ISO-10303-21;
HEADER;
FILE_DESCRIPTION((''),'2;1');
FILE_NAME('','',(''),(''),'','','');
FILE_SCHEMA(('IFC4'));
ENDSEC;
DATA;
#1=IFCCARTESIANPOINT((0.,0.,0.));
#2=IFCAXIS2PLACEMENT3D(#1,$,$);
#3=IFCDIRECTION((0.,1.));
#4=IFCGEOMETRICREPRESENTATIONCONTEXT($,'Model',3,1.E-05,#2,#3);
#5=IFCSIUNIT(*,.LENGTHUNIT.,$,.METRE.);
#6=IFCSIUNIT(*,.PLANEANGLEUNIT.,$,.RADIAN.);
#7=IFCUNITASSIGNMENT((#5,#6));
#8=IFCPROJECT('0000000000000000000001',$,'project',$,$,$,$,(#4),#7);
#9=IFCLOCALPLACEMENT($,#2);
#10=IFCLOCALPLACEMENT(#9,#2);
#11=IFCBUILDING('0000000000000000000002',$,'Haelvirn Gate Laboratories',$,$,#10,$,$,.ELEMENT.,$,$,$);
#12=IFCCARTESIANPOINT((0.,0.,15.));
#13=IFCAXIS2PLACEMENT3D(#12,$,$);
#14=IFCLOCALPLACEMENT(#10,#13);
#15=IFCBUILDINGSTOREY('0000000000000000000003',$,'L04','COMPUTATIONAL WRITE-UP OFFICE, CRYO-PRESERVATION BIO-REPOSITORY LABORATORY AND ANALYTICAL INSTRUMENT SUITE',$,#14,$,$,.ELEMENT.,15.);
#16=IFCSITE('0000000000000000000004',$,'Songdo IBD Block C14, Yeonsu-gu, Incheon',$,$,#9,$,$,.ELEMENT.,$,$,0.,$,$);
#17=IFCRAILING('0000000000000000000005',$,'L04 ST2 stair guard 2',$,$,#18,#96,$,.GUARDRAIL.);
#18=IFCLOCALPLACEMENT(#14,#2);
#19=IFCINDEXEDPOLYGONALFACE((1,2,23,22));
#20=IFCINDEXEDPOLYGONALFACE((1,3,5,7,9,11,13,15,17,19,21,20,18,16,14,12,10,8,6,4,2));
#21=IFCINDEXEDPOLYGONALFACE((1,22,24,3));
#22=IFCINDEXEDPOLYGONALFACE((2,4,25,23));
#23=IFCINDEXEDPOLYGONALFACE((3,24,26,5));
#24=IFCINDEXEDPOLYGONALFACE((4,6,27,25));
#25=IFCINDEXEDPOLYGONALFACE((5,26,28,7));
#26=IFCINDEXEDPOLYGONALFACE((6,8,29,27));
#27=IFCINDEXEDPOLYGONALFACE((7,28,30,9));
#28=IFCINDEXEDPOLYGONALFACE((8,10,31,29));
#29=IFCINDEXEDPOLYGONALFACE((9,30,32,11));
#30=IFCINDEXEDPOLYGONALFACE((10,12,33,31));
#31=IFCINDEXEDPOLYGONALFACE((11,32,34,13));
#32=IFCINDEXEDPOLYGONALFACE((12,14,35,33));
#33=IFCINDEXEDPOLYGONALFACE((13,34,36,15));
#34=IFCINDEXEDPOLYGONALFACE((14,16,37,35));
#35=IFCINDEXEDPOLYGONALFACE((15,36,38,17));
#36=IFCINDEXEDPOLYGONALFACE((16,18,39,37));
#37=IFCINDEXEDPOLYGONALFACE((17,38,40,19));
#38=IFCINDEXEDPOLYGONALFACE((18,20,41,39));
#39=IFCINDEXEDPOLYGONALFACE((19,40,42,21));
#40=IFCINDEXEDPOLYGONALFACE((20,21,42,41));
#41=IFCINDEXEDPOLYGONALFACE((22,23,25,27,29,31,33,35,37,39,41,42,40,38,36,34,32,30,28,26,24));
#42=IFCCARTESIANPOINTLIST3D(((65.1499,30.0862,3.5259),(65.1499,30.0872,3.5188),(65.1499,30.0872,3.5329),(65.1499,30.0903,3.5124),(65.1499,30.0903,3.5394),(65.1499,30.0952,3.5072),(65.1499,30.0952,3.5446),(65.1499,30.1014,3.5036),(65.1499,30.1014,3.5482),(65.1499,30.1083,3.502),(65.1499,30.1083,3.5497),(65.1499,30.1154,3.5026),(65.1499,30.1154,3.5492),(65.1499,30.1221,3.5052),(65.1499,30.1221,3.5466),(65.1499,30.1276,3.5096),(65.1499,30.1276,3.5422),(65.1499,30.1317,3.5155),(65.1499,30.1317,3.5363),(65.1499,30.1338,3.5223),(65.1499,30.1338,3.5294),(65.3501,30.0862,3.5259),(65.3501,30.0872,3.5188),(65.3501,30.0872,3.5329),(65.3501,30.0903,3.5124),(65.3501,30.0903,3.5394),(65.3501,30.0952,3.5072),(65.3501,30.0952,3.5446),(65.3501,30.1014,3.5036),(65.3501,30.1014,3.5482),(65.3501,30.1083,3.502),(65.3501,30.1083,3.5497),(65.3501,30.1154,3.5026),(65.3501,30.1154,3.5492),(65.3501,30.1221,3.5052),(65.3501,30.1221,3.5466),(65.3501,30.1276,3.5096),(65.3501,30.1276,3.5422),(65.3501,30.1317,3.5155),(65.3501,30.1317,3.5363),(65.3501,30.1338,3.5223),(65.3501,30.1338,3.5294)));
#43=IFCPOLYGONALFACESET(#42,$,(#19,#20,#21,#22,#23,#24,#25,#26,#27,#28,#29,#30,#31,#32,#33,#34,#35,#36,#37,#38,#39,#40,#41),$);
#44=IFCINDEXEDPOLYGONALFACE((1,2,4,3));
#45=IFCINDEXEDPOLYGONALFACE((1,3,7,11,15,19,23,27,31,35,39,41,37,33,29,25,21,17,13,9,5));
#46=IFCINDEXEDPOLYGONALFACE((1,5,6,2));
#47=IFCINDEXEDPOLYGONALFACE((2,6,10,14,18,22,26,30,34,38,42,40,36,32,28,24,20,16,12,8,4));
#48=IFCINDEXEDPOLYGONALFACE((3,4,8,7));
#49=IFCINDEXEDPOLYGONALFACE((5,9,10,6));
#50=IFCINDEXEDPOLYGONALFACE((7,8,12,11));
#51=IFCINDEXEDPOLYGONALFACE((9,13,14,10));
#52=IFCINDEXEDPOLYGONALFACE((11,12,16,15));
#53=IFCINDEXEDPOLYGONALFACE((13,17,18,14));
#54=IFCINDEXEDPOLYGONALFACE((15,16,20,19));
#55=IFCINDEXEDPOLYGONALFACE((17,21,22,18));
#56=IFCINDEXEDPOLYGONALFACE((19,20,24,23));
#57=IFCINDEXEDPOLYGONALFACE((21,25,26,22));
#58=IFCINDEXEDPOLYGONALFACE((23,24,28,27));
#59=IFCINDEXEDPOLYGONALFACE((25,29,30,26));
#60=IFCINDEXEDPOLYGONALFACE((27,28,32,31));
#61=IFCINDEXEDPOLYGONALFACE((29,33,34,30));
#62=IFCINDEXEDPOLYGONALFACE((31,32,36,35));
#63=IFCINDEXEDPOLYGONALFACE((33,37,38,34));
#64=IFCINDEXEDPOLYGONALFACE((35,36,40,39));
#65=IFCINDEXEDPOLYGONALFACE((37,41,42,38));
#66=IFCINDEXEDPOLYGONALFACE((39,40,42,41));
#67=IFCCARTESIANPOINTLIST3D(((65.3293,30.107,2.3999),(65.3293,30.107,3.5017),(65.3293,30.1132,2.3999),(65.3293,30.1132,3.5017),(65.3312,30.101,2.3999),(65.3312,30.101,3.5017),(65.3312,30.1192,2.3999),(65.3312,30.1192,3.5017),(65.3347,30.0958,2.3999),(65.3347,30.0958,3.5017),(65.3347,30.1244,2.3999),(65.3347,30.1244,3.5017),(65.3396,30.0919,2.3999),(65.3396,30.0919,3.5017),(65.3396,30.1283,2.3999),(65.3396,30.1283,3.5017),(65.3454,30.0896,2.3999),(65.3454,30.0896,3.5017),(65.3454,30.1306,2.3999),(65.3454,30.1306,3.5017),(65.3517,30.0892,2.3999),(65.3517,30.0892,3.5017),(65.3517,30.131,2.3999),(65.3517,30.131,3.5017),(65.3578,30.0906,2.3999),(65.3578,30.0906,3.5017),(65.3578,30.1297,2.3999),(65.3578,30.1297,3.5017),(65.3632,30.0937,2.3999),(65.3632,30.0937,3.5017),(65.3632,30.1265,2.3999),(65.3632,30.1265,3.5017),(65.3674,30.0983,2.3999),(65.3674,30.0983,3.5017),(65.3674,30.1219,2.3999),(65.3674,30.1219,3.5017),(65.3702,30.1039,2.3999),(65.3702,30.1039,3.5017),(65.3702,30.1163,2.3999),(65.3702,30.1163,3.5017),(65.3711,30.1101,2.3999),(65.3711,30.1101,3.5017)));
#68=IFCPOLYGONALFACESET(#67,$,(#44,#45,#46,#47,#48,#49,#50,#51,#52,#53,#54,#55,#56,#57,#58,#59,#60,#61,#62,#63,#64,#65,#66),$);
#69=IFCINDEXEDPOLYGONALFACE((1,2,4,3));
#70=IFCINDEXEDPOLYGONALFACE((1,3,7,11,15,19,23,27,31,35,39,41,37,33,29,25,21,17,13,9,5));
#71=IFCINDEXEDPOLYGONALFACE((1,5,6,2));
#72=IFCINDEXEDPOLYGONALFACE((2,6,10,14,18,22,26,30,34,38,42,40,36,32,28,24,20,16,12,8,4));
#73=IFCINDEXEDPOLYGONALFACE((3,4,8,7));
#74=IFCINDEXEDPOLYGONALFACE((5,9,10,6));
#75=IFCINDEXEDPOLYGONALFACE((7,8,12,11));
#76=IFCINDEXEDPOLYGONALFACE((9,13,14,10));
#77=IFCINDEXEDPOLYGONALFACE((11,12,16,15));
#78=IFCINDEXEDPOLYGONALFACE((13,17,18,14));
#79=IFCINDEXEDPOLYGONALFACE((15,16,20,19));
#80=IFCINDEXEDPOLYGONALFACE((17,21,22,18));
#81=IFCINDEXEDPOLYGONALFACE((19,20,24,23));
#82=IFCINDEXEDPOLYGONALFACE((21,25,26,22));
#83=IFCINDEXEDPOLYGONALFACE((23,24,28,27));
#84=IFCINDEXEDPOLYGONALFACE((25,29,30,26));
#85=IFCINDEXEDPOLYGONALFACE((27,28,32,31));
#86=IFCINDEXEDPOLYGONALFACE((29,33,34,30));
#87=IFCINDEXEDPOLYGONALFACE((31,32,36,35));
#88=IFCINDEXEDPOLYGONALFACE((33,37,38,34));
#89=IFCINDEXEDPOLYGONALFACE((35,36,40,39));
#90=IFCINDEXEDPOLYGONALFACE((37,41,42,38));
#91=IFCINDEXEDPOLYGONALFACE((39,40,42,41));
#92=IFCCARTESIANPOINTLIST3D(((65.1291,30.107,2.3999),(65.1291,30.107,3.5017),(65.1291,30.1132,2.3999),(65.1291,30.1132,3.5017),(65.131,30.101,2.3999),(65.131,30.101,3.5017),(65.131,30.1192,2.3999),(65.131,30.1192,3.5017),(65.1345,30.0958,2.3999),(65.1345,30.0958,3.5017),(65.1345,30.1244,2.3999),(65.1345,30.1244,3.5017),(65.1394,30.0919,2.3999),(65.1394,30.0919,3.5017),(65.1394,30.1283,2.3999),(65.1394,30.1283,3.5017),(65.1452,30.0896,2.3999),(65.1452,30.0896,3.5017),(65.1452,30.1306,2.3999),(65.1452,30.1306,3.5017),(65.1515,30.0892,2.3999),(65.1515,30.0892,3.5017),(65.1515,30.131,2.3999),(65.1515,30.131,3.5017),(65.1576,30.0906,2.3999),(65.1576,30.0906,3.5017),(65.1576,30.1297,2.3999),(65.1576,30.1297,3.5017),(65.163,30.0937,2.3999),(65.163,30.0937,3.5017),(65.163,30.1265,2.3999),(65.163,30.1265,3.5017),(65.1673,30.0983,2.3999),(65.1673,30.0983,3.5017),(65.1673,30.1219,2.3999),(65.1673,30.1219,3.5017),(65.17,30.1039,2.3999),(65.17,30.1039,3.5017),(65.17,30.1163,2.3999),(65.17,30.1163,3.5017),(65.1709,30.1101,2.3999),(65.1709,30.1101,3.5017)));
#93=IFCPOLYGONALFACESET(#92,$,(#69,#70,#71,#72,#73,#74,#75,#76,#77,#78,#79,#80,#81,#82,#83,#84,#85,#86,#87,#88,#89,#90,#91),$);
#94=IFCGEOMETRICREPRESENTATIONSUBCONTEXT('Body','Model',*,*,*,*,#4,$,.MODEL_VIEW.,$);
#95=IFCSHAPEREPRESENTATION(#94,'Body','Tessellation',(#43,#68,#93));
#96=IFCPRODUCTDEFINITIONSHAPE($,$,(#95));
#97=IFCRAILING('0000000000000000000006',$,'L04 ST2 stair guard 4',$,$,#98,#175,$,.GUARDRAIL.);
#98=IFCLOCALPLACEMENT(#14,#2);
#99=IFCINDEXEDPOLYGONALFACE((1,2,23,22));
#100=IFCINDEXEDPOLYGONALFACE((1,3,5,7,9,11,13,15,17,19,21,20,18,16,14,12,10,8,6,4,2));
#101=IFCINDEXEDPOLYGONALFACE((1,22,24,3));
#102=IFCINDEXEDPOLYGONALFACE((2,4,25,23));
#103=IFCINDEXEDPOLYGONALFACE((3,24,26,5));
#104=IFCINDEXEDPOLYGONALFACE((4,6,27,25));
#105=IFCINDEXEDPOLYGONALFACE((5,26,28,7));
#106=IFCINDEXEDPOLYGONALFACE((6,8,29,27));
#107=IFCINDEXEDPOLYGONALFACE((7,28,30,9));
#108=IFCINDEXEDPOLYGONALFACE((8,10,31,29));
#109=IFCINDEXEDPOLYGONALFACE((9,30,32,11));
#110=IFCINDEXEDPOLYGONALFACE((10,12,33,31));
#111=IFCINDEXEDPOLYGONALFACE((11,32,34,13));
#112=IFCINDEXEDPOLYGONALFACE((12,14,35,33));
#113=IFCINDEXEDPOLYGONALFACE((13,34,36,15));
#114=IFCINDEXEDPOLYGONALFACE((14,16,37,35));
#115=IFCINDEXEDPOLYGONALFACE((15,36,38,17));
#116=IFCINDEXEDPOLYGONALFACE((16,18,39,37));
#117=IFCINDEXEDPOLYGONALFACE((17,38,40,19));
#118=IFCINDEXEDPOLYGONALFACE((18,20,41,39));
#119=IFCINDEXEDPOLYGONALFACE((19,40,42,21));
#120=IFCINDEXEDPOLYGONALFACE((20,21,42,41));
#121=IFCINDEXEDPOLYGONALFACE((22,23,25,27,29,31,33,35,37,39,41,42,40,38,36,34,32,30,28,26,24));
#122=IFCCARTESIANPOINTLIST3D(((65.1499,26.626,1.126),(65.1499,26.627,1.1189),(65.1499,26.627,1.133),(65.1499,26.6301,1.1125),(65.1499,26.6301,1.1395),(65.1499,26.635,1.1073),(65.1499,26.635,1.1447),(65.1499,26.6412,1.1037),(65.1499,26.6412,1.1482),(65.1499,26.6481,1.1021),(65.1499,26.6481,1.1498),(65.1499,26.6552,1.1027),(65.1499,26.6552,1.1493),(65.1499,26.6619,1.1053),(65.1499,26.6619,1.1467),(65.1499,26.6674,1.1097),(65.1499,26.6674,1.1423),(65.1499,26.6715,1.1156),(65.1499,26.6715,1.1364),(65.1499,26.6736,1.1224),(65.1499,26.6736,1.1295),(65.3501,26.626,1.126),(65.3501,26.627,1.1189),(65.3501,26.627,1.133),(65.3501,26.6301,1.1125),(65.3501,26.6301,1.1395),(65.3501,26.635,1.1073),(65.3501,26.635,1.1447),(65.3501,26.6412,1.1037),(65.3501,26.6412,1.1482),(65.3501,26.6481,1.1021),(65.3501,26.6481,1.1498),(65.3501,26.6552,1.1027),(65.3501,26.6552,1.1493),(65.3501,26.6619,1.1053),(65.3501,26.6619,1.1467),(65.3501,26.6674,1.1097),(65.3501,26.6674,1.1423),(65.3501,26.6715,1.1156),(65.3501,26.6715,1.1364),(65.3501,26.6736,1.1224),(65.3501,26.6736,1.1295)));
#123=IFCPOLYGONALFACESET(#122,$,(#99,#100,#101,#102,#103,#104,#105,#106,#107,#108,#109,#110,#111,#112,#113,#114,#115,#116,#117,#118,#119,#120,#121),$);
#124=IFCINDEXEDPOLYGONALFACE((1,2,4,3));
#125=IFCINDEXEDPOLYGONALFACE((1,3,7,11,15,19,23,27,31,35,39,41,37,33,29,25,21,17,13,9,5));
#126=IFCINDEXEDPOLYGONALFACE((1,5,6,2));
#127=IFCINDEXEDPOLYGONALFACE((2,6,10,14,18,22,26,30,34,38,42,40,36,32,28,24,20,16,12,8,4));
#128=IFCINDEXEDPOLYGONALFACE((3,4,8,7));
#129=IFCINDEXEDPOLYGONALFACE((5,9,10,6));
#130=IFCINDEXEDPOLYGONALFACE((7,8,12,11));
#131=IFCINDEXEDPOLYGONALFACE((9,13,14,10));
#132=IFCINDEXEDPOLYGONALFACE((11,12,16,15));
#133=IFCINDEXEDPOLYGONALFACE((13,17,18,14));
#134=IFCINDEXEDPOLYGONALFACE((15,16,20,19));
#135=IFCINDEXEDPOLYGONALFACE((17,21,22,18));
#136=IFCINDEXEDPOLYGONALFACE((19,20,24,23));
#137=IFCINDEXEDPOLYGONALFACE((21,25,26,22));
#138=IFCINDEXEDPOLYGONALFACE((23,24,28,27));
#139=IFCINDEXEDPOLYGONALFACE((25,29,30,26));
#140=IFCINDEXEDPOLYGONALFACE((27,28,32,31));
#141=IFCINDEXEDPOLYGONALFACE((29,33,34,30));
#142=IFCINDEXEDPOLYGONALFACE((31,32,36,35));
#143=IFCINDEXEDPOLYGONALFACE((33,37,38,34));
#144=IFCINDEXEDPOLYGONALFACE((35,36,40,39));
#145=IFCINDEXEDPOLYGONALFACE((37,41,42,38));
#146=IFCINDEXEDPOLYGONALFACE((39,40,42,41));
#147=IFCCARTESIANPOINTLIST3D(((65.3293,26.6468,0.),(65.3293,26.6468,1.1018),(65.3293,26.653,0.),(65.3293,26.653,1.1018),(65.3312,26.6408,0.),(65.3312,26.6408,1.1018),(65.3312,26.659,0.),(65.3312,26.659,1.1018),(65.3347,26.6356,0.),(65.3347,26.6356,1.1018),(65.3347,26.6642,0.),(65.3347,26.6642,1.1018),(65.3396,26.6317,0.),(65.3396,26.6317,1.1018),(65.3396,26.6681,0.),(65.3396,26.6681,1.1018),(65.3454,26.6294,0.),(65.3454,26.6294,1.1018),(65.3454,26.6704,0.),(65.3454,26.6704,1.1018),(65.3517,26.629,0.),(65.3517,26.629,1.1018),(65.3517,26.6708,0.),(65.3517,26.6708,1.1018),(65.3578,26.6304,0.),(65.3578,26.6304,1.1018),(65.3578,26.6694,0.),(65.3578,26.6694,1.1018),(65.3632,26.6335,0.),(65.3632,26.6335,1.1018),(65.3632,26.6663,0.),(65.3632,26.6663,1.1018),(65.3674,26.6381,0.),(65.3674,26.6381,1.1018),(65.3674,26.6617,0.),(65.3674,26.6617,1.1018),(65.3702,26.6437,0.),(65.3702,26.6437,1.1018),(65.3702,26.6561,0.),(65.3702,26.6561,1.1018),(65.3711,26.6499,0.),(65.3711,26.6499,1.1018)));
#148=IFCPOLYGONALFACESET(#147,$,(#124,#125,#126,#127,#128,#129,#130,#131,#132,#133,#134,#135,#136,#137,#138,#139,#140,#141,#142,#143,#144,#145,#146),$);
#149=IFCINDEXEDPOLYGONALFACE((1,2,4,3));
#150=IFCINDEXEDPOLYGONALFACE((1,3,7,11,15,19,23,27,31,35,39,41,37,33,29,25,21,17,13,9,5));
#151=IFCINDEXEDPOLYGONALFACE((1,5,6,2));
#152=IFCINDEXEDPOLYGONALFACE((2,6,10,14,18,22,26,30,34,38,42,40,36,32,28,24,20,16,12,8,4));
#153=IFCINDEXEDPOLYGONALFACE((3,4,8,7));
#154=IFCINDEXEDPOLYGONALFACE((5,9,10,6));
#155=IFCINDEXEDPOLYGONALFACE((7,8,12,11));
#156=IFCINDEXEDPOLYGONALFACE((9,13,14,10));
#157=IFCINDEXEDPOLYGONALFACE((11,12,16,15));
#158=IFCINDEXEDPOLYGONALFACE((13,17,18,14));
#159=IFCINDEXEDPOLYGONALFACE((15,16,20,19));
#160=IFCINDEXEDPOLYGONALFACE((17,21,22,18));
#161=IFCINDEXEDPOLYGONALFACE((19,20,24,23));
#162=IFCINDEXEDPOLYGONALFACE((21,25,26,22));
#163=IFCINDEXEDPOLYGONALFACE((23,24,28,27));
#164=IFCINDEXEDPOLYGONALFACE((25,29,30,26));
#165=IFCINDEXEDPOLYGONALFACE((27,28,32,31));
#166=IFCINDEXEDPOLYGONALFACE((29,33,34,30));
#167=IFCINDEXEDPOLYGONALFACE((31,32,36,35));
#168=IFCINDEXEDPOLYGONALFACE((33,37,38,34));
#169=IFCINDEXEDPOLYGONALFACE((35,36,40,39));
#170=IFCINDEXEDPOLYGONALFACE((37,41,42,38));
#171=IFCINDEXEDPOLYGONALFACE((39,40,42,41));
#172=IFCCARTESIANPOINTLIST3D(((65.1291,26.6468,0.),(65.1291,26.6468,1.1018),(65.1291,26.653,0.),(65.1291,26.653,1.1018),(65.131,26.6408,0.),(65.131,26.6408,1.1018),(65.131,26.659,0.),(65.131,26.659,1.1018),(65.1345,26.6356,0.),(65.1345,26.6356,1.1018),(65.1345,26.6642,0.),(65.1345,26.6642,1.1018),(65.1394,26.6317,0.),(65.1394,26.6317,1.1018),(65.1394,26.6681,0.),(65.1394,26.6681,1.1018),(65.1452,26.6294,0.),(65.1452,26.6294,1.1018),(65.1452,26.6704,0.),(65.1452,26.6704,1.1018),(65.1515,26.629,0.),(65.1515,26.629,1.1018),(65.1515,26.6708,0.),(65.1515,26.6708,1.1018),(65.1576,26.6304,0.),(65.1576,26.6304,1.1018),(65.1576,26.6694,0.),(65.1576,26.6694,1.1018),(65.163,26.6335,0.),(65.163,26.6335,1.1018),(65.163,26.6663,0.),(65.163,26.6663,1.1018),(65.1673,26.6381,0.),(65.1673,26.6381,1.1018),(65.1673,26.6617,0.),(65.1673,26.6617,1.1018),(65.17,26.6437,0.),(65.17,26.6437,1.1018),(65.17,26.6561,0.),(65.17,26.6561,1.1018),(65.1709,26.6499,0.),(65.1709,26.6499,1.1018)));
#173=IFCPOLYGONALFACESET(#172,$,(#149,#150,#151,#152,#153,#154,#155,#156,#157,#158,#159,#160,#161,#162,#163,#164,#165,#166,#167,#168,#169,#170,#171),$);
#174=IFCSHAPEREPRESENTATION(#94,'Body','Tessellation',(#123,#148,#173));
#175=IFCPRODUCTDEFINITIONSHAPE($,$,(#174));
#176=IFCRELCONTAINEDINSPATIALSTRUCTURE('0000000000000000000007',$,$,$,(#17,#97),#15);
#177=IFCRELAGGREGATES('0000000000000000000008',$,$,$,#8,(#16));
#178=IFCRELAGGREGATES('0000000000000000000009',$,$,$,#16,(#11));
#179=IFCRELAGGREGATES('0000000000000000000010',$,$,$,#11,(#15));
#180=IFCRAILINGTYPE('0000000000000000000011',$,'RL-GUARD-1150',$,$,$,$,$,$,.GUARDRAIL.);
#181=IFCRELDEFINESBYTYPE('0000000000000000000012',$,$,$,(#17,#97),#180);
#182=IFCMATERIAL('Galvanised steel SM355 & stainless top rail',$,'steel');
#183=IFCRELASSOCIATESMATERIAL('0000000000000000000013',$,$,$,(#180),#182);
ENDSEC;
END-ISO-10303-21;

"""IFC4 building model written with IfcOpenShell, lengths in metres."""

from ifc_helpers import new_model, si_unit, direction, frame, origin, origin_2d, place, context, subcontext, project, spatial, circle, extrude, source, transform, mapped, material, type_object, element, save


model = new_model("IFC4")

# Units and contexts
model_context = context("Model", 3, precision=1e-05, world=origin(), true_north=direction((0.0, 1.0)))
body_context = subcontext(model_context, "Body", "Model", "MODEL_VIEW")
ifc_project = project(units=[si_unit("LENGTHUNIT", "METRE"), si_unit("PLANEANGLEUNIT", "RADIAN")], contexts=[model_context])

# Site, building, storey
site_placement = place(None, origin())
site = spatial("IfcSite", under=ifc_project, at=site_placement, Name="Songdo IBD Block C14, Yeonsu-gu, Incheon", CompositionType="ELEMENT", RefElevation=0.0)
building_placement = place(site_placement, origin())
building = spatial("IfcBuilding", under=site, at=building_placement, Name="Haelvirn Gate Laboratories", CompositionType="ELEMENT")
storey_placement = place(building_placement, frame((0.0, 0.0, 15.0)))
storey = spatial("IfcBuildingStorey", under=building, at=storey_placement, Name="L04", Description="COMPUTATIONAL WRITE-UP OFFICE, CRYO-PRESERVATION BIO-REPOSITORY LABORATORY AND ANALYTICAL INSTRUMENT SUITE", CompositionType="ELEMENT", Elevation=15.0)

# Railings
ifc_material_1 = material(Name="Galvanised steel SM355 & stainless top rail", Category="steel")
railing_type_1 = type_object("IfcRailingType", Name="RL-GUARD-1150", PredefinedType="GUARDRAIL", material=ifc_material_1)
shared_shape_1 = source(origin(), body_context, "Body", "SweptSolid", [
    extrude(circle(Radius=0.0239, at=origin_2d()), frame((0.0, 0.0, 1.126), z_axis=(-1.0, 0.0, 0.0), x_axis=(0.0, -1.0, 0.0)), (0.0, 0.0, 1.0), 0.2002),
    extrude(circle(Radius=0.021, at=origin_2d()), origin(), (0.0, 0.0, 1.0), 1.1018),
    extrude(circle(Radius=0.021, at=origin_2d()), frame((-0.2002, 0.0, 0.0)), (0.0, 0.0, 1.0), 1.1018),
])
for number, where, name in (
    (1, (65.3501, 30.1101, 2.3999), "L04 ST2 stair guard 2"),
    (2, (65.3501, 26.6499, 0.0), "L04 ST2 stair guard 4"),
):
    element("IfcRailing", number, at=place(storey_placement, frame(where)), inside=storey, type_object=railing_type_1, Name=name, PredefinedType="GUARDRAIL", context=body_context, shape_type="MappedRepresentation", body=[
        mapped(shared_shape_1, transform((0.0, 0.0, 0.0), scale=1.0)),
    ])

save(model, "model.ifc")
